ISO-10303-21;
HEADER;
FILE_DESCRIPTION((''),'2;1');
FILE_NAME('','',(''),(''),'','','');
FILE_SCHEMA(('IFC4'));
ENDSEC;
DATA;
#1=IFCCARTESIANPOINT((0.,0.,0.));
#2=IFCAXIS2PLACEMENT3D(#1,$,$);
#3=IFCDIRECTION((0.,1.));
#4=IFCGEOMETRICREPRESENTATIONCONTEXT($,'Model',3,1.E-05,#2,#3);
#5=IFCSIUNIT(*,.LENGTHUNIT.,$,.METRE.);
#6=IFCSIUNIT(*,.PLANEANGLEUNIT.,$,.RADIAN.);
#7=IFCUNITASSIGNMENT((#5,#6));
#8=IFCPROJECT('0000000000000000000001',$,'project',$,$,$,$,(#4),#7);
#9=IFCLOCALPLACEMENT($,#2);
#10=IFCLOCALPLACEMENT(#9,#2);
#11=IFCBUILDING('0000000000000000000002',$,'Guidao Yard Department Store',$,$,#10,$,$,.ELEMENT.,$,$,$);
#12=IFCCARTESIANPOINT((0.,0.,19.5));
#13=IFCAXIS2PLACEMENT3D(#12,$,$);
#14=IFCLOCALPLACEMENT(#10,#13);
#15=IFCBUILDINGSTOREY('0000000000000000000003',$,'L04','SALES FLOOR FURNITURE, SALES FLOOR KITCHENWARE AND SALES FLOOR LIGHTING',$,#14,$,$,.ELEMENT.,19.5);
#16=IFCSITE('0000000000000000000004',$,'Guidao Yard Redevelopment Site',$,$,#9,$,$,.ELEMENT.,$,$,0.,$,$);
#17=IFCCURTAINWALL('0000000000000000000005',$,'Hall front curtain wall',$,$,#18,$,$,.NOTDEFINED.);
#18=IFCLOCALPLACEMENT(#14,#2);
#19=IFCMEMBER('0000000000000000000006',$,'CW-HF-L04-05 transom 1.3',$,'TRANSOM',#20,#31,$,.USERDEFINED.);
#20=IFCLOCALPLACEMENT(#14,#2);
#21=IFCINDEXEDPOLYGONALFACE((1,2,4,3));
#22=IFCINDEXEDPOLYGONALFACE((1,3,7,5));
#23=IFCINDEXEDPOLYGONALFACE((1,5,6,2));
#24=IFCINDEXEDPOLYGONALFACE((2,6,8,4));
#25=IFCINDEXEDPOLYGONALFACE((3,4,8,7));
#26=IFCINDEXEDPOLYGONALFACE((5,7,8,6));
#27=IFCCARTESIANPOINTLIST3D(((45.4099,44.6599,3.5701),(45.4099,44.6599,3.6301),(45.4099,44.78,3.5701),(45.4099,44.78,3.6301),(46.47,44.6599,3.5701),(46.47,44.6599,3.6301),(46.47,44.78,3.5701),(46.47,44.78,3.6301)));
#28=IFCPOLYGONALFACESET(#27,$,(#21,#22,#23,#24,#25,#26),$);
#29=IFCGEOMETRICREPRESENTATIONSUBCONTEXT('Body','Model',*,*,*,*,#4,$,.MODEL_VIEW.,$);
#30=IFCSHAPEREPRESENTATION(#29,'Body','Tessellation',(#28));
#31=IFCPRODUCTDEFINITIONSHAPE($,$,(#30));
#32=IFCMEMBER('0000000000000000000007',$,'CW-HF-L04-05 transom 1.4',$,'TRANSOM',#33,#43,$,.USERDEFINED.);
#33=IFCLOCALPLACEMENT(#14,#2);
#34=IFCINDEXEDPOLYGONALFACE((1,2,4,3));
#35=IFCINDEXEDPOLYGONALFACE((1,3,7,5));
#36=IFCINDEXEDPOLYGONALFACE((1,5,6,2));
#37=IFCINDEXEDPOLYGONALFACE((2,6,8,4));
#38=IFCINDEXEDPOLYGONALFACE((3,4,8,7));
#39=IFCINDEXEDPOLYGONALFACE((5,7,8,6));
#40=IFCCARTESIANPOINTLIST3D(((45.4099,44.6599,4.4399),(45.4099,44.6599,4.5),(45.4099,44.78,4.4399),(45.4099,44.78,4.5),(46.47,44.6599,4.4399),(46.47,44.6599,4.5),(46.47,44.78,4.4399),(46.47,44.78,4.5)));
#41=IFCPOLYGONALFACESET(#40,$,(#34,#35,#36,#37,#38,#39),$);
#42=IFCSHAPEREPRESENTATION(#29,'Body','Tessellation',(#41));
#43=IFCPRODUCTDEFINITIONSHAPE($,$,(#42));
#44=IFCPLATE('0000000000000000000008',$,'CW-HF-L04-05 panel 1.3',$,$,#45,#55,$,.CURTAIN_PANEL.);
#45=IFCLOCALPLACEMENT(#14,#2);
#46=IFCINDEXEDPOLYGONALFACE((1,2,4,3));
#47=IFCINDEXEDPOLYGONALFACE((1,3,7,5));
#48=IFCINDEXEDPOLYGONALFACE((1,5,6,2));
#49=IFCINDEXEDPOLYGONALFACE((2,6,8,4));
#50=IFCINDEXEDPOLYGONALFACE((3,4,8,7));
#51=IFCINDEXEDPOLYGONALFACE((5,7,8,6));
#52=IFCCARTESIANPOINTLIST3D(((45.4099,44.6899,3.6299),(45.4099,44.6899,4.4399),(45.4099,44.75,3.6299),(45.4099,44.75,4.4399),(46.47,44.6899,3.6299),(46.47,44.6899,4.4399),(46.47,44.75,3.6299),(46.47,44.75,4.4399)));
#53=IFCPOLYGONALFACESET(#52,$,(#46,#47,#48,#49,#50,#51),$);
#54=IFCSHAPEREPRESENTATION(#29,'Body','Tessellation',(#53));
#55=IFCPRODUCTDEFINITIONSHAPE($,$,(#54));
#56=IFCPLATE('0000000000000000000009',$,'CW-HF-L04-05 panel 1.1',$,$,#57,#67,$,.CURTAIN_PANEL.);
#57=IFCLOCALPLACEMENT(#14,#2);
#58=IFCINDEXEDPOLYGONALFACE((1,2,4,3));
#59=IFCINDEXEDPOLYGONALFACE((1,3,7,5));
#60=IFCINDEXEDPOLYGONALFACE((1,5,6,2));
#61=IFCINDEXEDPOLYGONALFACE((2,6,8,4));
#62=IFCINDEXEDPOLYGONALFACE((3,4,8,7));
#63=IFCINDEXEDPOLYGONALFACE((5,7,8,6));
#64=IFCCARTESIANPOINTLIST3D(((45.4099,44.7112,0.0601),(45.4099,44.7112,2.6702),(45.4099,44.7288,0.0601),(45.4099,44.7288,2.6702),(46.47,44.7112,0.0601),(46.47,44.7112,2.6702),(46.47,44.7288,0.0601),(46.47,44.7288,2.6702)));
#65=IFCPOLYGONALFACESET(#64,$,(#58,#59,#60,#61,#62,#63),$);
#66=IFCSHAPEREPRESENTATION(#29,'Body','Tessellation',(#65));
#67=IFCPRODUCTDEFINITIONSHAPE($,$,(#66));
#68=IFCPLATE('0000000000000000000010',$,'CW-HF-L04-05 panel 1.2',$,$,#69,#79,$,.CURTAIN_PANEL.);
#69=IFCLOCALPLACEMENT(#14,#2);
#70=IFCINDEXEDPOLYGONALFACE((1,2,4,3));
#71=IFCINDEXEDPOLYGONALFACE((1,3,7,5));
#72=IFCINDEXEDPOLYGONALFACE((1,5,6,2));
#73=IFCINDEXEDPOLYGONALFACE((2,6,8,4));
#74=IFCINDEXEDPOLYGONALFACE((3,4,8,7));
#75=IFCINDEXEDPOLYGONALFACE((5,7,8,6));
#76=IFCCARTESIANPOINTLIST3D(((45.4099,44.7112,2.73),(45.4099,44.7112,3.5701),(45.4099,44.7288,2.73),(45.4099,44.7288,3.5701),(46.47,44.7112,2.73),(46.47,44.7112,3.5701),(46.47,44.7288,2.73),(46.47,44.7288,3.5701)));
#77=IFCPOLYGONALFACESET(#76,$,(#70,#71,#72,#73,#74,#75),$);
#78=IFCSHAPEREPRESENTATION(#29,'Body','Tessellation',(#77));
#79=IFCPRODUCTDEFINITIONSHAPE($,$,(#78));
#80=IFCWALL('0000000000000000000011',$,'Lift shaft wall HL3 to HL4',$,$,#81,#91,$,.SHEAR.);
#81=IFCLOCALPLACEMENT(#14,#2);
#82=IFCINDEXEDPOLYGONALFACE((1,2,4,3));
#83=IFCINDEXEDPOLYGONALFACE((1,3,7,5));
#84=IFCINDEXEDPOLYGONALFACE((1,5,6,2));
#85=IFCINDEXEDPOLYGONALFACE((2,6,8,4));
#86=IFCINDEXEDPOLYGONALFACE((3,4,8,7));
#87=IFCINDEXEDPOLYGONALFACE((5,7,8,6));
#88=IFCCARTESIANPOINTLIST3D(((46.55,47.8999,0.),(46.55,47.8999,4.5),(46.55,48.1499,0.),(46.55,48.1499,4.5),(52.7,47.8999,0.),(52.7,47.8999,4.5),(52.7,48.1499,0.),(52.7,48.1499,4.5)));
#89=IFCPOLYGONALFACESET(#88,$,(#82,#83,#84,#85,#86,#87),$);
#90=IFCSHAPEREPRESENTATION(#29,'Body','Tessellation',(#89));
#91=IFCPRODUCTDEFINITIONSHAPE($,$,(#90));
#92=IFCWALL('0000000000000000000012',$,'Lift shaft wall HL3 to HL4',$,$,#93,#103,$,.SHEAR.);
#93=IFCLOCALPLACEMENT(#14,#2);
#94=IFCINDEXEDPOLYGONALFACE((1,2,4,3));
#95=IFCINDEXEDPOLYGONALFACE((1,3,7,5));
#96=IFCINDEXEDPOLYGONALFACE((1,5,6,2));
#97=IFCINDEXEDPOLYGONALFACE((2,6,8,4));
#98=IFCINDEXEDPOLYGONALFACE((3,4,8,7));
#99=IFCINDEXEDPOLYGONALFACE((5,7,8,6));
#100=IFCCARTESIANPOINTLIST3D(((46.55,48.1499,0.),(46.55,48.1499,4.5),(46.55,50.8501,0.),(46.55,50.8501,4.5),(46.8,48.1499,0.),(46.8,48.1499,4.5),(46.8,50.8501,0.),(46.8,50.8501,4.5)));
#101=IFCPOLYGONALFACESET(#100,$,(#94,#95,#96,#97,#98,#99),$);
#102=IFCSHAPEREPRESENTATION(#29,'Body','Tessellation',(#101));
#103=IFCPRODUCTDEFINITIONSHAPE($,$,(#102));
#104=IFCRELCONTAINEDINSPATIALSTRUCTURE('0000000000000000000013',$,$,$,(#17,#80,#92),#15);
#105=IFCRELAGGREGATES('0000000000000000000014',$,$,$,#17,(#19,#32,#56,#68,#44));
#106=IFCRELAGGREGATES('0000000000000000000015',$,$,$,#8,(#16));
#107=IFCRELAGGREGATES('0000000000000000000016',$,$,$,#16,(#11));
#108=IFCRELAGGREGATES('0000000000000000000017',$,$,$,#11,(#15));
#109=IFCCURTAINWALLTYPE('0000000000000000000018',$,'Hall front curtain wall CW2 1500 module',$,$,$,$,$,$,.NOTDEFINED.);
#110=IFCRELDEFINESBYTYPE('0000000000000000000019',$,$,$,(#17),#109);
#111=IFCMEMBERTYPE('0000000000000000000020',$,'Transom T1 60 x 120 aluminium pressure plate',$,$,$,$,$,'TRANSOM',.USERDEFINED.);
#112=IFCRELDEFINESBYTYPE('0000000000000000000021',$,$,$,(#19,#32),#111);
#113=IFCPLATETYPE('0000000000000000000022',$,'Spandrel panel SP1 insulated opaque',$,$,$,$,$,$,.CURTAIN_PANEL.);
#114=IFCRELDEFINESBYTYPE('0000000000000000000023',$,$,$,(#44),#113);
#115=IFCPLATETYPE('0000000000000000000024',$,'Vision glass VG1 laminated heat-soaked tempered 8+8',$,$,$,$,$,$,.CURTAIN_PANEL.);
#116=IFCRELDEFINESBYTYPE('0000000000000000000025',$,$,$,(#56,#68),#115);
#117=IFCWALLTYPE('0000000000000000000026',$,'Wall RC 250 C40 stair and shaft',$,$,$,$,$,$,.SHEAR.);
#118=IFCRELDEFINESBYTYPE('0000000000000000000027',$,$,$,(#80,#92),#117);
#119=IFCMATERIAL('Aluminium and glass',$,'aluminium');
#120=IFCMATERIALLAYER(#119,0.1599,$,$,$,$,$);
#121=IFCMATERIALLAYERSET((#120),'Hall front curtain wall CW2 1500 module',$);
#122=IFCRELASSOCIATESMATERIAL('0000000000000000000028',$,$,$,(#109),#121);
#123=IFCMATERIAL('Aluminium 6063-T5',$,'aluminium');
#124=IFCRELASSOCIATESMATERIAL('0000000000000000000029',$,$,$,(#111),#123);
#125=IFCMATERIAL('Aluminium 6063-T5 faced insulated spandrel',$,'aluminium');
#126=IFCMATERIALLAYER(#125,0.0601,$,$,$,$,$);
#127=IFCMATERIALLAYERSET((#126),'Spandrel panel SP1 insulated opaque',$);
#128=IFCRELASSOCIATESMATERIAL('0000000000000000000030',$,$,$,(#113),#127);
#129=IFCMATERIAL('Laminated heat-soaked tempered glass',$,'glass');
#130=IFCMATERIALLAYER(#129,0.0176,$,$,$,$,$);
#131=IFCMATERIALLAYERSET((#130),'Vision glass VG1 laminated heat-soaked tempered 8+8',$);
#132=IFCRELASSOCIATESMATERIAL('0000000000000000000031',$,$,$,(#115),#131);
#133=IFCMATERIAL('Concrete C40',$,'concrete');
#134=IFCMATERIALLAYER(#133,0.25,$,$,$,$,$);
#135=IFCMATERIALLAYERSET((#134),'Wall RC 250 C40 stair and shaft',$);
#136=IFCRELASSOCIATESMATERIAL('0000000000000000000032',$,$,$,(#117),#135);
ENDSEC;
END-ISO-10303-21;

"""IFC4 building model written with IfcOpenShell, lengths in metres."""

from ifc_helpers import new_model, si_unit, direction, frame, frame_2d, origin, origin_2d, place, context, subcontext, project, spatial, rectangle, extrude, material, layer, layer_set, material_profile, profile_set, type_object, element, aggregate, save


model = new_model("IFC4")

# Units and contexts
model_context = context("Model", 3, precision=1e-05, world=origin(), true_north=direction((0.0, 1.0)))
body_context = subcontext(model_context, "Body", "Model", "MODEL_VIEW")
ifc_project = project(units=[si_unit("LENGTHUNIT", "METRE"), si_unit("PLANEANGLEUNIT", "RADIAN")], contexts=[model_context])

# Site, building, storey
site_placement = place(None, origin())
site = spatial("IfcSite", under=ifc_project, at=site_placement, Name="Guidao Yard Redevelopment Site", CompositionType="ELEMENT", RefElevation=0.0)
building_placement = place(site_placement, origin())
building = spatial("IfcBuilding", under=site, at=building_placement, Name="Guidao Yard Department Store", CompositionType="ELEMENT")
storey_placement = place(building_placement, frame((0.0, 0.0, 19.5)))
storey = spatial("IfcBuildingStorey", under=building, at=storey_placement, Name="L04", Description="SALES FLOOR FURNITURE, SALES FLOOR KITCHENWARE AND SALES FLOOR LIGHTING", CompositionType="ELEMENT", Elevation=19.5)

# Shared definitions
ifc_material_1 = material(Name="Aluminium and glass", Category="aluminium")
ifc_layer_1 = layer(ifc_material_1, 0.1599)
ifc_layer_set_1 = layer_set([ifc_layer_1], Name="Hall front curtain wall CW2 1500 module")
curtain_wall_type = type_object("IfcCurtainWallType", Name="Hall front curtain wall CW2 1500 module", PredefinedType="NOTDEFINED", material=ifc_layer_set_1)

# Curtain wall
curtain_wall_1_placement = place(storey_placement, origin())
curtain_wall_1 = element("IfcCurtainWall", 1, at=curtain_wall_1_placement, inside=storey, type_object=curtain_wall_type, Name="Hall front curtain wall", PredefinedType="NOTDEFINED")

# Members
ifc_material_2 = material(Name="Aluminium 6063-T5", Category="aluminium")
ifc_material_profile_1 = material_profile(ifc_material_2, rectangle(XDim=0.1201, YDim=0.0601, at=origin_2d()), Name="Transom T1 60 x 120 aluminium pressure plate")
ifc_profile_set_1 = profile_set([ifc_material_profile_1], Name="Aluminium 6063-T5")
member_type_1 = type_object("IfcMemberType", Name="Transom T1 60 x 120 aluminium pressure plate", ElementType="TRANSOM", PredefinedType="USERDEFINED", material=ifc_profile_set_1)
member_1_placement = place(storey_placement, frame((46.47, 44.72, 3.6001), z_axis=(-1.0, 0.0, 0.0), x_axis=(0.0, -1.0, 0.0)))
member_1 = element("IfcMember", 2, at=member_1_placement, type_object=member_type_1, Name="CW-HF-L04-05 transom 1.3", ObjectType="TRANSOM", PredefinedType="USERDEFINED", context=body_context, shape_type="SweptSolid", body=[
    extrude(rectangle(XDim=0.1201, YDim=0.0601, at=origin_2d()), origin(), (0.0, 0.0, 1.0), 1.0601),
])
member_2_placement = place(storey_placement, frame((46.47, 44.72, 4.47), z_axis=(-1.0, 0.0, 0.0), x_axis=(0.0, -1.0, 0.0)))
member_2 = element("IfcMember", 3, at=member_2_placement, type_object=member_type_1, Name="CW-HF-L04-05 transom 1.4", ObjectType="TRANSOM", PredefinedType="USERDEFINED", context=body_context, shape_type="SweptSolid", body=[
    extrude(rectangle(XDim=0.1201, YDim=0.0601, at=origin_2d()), origin(), (0.0, 0.0, 1.0), 1.0601),
])

# Plates
ifc_material_3 = material(Name="Aluminium 6063-T5 faced insulated spandrel", Category="aluminium")
ifc_layer_2 = layer(ifc_material_3, 0.0601)
ifc_layer_set_2 = layer_set([ifc_layer_2], Name="Spandrel panel SP1 insulated opaque")
plate_type_1 = type_object("IfcPlateType", Name="Spandrel panel SP1 insulated opaque", PredefinedType="CURTAIN_PANEL", material=ifc_layer_set_2)
plate_1_placement = place(storey_placement, frame((45.9399, 44.72, 3.6299), z_axis=(0.0, 0.0, 1.0), x_axis=(-1.0, 0.0, 0.0)))
plate_1 = element("IfcPlate", 4, at=plate_1_placement, type_object=plate_type_1, Name="CW-HF-L04-05 panel 1.3", PredefinedType="CURTAIN_PANEL", context=body_context, shape_type="SweptSolid", body=[
    extrude(rectangle(XDim=1.0601, YDim=0.0601, at=origin_2d()), origin(), (0.0, 0.0, 1.0), 0.8101),
])
ifc_material_4 = material(Name="Laminated heat-soaked tempered glass", Category="glass")
ifc_layer_3 = layer(ifc_material_4, 0.0176)
ifc_layer_set_3 = layer_set([ifc_layer_3], Name="Vision glass VG1 laminated heat-soaked tempered 8+8")
plate_type_2 = type_object("IfcPlateType", Name="Vision glass VG1 laminated heat-soaked tempered 8+8", PredefinedType="CURTAIN_PANEL", material=ifc_layer_set_3)
plate_2_placement = place(storey_placement, frame((45.9399, 44.72, 0.0601), z_axis=(0.0, 0.0, 1.0), x_axis=(-1.0, 0.0, 0.0)))
plate_2 = element("IfcPlate", 5, at=plate_2_placement, type_object=plate_type_2, Name="CW-HF-L04-05 panel 1.1", PredefinedType="CURTAIN_PANEL", context=body_context, shape_type="SweptSolid", body=[
    extrude(rectangle(XDim=1.0601, YDim=0.0176, at=origin_2d()), origin(), (0.0, 0.0, 1.0), 2.6101),
])
plate_3_placement = place(storey_placement, frame((45.9399, 44.72, 2.73), z_axis=(0.0, 0.0, 1.0), x_axis=(-1.0, 0.0, 0.0)))
plate_3 = element("IfcPlate", 6, at=plate_3_placement, type_object=plate_type_2, Name="CW-HF-L04-05 panel 1.2", PredefinedType="CURTAIN_PANEL", context=body_context, shape_type="SweptSolid", body=[
    extrude(rectangle(XDim=1.0601, YDim=0.0176, at=origin_2d()), origin(), (0.0, 0.0, 1.0), 0.8401),
])
aggregate(curtain_wall_1, [member_1, member_2, plate_2, plate_3, plate_1])

# Walls
ifc_material_5 = material(Name="Concrete C40", Category="concrete")
ifc_layer_4 = layer(ifc_material_5, 0.25)
ifc_layer_set_4 = layer_set([ifc_layer_4], Name="Wall RC 250 C40 stair and shaft")
wall_type = type_object("IfcWallType", Name="Wall RC 250 C40 stair and shaft", PredefinedType="SHEAR", material=ifc_layer_set_4)
wall_1_placement = place(storey_placement, frame((46.55, 48.0249, 0.0), z_axis=(0.0, 0.0, 1.0), x_axis=(1.0, 0.0, 0.0)))
element("IfcWall", 7, at=wall_1_placement, inside=storey, type_object=wall_type, Name="Lift shaft wall HL3 to HL4", PredefinedType="SHEAR", context=body_context, shape_type="SweptSolid", body=[
    extrude(rectangle(XDim=6.1499, YDim=0.25, at=frame_2d((3.075, 0.0))), origin(), (0.0, 0.0, 1.0), 4.5),
])
wall_2_placement = place(storey_placement, frame((46.675, 48.1499, 0.0), z_axis=(0.0, 0.0, 1.0), x_axis=(0.0, 1.0, 0.0)))
element("IfcWall", 8, at=wall_2_placement, inside=storey, type_object=wall_type, Name="Lift shaft wall HL3 to HL4", PredefinedType="SHEAR", context=body_context, shape_type="SweptSolid", body=[
    extrude(rectangle(XDim=2.7002, YDim=0.25, at=frame_2d((1.3501, 0.0))), origin(), (0.0, 0.0, 1.0), 4.5),
])

save(model, "model.ifc")
